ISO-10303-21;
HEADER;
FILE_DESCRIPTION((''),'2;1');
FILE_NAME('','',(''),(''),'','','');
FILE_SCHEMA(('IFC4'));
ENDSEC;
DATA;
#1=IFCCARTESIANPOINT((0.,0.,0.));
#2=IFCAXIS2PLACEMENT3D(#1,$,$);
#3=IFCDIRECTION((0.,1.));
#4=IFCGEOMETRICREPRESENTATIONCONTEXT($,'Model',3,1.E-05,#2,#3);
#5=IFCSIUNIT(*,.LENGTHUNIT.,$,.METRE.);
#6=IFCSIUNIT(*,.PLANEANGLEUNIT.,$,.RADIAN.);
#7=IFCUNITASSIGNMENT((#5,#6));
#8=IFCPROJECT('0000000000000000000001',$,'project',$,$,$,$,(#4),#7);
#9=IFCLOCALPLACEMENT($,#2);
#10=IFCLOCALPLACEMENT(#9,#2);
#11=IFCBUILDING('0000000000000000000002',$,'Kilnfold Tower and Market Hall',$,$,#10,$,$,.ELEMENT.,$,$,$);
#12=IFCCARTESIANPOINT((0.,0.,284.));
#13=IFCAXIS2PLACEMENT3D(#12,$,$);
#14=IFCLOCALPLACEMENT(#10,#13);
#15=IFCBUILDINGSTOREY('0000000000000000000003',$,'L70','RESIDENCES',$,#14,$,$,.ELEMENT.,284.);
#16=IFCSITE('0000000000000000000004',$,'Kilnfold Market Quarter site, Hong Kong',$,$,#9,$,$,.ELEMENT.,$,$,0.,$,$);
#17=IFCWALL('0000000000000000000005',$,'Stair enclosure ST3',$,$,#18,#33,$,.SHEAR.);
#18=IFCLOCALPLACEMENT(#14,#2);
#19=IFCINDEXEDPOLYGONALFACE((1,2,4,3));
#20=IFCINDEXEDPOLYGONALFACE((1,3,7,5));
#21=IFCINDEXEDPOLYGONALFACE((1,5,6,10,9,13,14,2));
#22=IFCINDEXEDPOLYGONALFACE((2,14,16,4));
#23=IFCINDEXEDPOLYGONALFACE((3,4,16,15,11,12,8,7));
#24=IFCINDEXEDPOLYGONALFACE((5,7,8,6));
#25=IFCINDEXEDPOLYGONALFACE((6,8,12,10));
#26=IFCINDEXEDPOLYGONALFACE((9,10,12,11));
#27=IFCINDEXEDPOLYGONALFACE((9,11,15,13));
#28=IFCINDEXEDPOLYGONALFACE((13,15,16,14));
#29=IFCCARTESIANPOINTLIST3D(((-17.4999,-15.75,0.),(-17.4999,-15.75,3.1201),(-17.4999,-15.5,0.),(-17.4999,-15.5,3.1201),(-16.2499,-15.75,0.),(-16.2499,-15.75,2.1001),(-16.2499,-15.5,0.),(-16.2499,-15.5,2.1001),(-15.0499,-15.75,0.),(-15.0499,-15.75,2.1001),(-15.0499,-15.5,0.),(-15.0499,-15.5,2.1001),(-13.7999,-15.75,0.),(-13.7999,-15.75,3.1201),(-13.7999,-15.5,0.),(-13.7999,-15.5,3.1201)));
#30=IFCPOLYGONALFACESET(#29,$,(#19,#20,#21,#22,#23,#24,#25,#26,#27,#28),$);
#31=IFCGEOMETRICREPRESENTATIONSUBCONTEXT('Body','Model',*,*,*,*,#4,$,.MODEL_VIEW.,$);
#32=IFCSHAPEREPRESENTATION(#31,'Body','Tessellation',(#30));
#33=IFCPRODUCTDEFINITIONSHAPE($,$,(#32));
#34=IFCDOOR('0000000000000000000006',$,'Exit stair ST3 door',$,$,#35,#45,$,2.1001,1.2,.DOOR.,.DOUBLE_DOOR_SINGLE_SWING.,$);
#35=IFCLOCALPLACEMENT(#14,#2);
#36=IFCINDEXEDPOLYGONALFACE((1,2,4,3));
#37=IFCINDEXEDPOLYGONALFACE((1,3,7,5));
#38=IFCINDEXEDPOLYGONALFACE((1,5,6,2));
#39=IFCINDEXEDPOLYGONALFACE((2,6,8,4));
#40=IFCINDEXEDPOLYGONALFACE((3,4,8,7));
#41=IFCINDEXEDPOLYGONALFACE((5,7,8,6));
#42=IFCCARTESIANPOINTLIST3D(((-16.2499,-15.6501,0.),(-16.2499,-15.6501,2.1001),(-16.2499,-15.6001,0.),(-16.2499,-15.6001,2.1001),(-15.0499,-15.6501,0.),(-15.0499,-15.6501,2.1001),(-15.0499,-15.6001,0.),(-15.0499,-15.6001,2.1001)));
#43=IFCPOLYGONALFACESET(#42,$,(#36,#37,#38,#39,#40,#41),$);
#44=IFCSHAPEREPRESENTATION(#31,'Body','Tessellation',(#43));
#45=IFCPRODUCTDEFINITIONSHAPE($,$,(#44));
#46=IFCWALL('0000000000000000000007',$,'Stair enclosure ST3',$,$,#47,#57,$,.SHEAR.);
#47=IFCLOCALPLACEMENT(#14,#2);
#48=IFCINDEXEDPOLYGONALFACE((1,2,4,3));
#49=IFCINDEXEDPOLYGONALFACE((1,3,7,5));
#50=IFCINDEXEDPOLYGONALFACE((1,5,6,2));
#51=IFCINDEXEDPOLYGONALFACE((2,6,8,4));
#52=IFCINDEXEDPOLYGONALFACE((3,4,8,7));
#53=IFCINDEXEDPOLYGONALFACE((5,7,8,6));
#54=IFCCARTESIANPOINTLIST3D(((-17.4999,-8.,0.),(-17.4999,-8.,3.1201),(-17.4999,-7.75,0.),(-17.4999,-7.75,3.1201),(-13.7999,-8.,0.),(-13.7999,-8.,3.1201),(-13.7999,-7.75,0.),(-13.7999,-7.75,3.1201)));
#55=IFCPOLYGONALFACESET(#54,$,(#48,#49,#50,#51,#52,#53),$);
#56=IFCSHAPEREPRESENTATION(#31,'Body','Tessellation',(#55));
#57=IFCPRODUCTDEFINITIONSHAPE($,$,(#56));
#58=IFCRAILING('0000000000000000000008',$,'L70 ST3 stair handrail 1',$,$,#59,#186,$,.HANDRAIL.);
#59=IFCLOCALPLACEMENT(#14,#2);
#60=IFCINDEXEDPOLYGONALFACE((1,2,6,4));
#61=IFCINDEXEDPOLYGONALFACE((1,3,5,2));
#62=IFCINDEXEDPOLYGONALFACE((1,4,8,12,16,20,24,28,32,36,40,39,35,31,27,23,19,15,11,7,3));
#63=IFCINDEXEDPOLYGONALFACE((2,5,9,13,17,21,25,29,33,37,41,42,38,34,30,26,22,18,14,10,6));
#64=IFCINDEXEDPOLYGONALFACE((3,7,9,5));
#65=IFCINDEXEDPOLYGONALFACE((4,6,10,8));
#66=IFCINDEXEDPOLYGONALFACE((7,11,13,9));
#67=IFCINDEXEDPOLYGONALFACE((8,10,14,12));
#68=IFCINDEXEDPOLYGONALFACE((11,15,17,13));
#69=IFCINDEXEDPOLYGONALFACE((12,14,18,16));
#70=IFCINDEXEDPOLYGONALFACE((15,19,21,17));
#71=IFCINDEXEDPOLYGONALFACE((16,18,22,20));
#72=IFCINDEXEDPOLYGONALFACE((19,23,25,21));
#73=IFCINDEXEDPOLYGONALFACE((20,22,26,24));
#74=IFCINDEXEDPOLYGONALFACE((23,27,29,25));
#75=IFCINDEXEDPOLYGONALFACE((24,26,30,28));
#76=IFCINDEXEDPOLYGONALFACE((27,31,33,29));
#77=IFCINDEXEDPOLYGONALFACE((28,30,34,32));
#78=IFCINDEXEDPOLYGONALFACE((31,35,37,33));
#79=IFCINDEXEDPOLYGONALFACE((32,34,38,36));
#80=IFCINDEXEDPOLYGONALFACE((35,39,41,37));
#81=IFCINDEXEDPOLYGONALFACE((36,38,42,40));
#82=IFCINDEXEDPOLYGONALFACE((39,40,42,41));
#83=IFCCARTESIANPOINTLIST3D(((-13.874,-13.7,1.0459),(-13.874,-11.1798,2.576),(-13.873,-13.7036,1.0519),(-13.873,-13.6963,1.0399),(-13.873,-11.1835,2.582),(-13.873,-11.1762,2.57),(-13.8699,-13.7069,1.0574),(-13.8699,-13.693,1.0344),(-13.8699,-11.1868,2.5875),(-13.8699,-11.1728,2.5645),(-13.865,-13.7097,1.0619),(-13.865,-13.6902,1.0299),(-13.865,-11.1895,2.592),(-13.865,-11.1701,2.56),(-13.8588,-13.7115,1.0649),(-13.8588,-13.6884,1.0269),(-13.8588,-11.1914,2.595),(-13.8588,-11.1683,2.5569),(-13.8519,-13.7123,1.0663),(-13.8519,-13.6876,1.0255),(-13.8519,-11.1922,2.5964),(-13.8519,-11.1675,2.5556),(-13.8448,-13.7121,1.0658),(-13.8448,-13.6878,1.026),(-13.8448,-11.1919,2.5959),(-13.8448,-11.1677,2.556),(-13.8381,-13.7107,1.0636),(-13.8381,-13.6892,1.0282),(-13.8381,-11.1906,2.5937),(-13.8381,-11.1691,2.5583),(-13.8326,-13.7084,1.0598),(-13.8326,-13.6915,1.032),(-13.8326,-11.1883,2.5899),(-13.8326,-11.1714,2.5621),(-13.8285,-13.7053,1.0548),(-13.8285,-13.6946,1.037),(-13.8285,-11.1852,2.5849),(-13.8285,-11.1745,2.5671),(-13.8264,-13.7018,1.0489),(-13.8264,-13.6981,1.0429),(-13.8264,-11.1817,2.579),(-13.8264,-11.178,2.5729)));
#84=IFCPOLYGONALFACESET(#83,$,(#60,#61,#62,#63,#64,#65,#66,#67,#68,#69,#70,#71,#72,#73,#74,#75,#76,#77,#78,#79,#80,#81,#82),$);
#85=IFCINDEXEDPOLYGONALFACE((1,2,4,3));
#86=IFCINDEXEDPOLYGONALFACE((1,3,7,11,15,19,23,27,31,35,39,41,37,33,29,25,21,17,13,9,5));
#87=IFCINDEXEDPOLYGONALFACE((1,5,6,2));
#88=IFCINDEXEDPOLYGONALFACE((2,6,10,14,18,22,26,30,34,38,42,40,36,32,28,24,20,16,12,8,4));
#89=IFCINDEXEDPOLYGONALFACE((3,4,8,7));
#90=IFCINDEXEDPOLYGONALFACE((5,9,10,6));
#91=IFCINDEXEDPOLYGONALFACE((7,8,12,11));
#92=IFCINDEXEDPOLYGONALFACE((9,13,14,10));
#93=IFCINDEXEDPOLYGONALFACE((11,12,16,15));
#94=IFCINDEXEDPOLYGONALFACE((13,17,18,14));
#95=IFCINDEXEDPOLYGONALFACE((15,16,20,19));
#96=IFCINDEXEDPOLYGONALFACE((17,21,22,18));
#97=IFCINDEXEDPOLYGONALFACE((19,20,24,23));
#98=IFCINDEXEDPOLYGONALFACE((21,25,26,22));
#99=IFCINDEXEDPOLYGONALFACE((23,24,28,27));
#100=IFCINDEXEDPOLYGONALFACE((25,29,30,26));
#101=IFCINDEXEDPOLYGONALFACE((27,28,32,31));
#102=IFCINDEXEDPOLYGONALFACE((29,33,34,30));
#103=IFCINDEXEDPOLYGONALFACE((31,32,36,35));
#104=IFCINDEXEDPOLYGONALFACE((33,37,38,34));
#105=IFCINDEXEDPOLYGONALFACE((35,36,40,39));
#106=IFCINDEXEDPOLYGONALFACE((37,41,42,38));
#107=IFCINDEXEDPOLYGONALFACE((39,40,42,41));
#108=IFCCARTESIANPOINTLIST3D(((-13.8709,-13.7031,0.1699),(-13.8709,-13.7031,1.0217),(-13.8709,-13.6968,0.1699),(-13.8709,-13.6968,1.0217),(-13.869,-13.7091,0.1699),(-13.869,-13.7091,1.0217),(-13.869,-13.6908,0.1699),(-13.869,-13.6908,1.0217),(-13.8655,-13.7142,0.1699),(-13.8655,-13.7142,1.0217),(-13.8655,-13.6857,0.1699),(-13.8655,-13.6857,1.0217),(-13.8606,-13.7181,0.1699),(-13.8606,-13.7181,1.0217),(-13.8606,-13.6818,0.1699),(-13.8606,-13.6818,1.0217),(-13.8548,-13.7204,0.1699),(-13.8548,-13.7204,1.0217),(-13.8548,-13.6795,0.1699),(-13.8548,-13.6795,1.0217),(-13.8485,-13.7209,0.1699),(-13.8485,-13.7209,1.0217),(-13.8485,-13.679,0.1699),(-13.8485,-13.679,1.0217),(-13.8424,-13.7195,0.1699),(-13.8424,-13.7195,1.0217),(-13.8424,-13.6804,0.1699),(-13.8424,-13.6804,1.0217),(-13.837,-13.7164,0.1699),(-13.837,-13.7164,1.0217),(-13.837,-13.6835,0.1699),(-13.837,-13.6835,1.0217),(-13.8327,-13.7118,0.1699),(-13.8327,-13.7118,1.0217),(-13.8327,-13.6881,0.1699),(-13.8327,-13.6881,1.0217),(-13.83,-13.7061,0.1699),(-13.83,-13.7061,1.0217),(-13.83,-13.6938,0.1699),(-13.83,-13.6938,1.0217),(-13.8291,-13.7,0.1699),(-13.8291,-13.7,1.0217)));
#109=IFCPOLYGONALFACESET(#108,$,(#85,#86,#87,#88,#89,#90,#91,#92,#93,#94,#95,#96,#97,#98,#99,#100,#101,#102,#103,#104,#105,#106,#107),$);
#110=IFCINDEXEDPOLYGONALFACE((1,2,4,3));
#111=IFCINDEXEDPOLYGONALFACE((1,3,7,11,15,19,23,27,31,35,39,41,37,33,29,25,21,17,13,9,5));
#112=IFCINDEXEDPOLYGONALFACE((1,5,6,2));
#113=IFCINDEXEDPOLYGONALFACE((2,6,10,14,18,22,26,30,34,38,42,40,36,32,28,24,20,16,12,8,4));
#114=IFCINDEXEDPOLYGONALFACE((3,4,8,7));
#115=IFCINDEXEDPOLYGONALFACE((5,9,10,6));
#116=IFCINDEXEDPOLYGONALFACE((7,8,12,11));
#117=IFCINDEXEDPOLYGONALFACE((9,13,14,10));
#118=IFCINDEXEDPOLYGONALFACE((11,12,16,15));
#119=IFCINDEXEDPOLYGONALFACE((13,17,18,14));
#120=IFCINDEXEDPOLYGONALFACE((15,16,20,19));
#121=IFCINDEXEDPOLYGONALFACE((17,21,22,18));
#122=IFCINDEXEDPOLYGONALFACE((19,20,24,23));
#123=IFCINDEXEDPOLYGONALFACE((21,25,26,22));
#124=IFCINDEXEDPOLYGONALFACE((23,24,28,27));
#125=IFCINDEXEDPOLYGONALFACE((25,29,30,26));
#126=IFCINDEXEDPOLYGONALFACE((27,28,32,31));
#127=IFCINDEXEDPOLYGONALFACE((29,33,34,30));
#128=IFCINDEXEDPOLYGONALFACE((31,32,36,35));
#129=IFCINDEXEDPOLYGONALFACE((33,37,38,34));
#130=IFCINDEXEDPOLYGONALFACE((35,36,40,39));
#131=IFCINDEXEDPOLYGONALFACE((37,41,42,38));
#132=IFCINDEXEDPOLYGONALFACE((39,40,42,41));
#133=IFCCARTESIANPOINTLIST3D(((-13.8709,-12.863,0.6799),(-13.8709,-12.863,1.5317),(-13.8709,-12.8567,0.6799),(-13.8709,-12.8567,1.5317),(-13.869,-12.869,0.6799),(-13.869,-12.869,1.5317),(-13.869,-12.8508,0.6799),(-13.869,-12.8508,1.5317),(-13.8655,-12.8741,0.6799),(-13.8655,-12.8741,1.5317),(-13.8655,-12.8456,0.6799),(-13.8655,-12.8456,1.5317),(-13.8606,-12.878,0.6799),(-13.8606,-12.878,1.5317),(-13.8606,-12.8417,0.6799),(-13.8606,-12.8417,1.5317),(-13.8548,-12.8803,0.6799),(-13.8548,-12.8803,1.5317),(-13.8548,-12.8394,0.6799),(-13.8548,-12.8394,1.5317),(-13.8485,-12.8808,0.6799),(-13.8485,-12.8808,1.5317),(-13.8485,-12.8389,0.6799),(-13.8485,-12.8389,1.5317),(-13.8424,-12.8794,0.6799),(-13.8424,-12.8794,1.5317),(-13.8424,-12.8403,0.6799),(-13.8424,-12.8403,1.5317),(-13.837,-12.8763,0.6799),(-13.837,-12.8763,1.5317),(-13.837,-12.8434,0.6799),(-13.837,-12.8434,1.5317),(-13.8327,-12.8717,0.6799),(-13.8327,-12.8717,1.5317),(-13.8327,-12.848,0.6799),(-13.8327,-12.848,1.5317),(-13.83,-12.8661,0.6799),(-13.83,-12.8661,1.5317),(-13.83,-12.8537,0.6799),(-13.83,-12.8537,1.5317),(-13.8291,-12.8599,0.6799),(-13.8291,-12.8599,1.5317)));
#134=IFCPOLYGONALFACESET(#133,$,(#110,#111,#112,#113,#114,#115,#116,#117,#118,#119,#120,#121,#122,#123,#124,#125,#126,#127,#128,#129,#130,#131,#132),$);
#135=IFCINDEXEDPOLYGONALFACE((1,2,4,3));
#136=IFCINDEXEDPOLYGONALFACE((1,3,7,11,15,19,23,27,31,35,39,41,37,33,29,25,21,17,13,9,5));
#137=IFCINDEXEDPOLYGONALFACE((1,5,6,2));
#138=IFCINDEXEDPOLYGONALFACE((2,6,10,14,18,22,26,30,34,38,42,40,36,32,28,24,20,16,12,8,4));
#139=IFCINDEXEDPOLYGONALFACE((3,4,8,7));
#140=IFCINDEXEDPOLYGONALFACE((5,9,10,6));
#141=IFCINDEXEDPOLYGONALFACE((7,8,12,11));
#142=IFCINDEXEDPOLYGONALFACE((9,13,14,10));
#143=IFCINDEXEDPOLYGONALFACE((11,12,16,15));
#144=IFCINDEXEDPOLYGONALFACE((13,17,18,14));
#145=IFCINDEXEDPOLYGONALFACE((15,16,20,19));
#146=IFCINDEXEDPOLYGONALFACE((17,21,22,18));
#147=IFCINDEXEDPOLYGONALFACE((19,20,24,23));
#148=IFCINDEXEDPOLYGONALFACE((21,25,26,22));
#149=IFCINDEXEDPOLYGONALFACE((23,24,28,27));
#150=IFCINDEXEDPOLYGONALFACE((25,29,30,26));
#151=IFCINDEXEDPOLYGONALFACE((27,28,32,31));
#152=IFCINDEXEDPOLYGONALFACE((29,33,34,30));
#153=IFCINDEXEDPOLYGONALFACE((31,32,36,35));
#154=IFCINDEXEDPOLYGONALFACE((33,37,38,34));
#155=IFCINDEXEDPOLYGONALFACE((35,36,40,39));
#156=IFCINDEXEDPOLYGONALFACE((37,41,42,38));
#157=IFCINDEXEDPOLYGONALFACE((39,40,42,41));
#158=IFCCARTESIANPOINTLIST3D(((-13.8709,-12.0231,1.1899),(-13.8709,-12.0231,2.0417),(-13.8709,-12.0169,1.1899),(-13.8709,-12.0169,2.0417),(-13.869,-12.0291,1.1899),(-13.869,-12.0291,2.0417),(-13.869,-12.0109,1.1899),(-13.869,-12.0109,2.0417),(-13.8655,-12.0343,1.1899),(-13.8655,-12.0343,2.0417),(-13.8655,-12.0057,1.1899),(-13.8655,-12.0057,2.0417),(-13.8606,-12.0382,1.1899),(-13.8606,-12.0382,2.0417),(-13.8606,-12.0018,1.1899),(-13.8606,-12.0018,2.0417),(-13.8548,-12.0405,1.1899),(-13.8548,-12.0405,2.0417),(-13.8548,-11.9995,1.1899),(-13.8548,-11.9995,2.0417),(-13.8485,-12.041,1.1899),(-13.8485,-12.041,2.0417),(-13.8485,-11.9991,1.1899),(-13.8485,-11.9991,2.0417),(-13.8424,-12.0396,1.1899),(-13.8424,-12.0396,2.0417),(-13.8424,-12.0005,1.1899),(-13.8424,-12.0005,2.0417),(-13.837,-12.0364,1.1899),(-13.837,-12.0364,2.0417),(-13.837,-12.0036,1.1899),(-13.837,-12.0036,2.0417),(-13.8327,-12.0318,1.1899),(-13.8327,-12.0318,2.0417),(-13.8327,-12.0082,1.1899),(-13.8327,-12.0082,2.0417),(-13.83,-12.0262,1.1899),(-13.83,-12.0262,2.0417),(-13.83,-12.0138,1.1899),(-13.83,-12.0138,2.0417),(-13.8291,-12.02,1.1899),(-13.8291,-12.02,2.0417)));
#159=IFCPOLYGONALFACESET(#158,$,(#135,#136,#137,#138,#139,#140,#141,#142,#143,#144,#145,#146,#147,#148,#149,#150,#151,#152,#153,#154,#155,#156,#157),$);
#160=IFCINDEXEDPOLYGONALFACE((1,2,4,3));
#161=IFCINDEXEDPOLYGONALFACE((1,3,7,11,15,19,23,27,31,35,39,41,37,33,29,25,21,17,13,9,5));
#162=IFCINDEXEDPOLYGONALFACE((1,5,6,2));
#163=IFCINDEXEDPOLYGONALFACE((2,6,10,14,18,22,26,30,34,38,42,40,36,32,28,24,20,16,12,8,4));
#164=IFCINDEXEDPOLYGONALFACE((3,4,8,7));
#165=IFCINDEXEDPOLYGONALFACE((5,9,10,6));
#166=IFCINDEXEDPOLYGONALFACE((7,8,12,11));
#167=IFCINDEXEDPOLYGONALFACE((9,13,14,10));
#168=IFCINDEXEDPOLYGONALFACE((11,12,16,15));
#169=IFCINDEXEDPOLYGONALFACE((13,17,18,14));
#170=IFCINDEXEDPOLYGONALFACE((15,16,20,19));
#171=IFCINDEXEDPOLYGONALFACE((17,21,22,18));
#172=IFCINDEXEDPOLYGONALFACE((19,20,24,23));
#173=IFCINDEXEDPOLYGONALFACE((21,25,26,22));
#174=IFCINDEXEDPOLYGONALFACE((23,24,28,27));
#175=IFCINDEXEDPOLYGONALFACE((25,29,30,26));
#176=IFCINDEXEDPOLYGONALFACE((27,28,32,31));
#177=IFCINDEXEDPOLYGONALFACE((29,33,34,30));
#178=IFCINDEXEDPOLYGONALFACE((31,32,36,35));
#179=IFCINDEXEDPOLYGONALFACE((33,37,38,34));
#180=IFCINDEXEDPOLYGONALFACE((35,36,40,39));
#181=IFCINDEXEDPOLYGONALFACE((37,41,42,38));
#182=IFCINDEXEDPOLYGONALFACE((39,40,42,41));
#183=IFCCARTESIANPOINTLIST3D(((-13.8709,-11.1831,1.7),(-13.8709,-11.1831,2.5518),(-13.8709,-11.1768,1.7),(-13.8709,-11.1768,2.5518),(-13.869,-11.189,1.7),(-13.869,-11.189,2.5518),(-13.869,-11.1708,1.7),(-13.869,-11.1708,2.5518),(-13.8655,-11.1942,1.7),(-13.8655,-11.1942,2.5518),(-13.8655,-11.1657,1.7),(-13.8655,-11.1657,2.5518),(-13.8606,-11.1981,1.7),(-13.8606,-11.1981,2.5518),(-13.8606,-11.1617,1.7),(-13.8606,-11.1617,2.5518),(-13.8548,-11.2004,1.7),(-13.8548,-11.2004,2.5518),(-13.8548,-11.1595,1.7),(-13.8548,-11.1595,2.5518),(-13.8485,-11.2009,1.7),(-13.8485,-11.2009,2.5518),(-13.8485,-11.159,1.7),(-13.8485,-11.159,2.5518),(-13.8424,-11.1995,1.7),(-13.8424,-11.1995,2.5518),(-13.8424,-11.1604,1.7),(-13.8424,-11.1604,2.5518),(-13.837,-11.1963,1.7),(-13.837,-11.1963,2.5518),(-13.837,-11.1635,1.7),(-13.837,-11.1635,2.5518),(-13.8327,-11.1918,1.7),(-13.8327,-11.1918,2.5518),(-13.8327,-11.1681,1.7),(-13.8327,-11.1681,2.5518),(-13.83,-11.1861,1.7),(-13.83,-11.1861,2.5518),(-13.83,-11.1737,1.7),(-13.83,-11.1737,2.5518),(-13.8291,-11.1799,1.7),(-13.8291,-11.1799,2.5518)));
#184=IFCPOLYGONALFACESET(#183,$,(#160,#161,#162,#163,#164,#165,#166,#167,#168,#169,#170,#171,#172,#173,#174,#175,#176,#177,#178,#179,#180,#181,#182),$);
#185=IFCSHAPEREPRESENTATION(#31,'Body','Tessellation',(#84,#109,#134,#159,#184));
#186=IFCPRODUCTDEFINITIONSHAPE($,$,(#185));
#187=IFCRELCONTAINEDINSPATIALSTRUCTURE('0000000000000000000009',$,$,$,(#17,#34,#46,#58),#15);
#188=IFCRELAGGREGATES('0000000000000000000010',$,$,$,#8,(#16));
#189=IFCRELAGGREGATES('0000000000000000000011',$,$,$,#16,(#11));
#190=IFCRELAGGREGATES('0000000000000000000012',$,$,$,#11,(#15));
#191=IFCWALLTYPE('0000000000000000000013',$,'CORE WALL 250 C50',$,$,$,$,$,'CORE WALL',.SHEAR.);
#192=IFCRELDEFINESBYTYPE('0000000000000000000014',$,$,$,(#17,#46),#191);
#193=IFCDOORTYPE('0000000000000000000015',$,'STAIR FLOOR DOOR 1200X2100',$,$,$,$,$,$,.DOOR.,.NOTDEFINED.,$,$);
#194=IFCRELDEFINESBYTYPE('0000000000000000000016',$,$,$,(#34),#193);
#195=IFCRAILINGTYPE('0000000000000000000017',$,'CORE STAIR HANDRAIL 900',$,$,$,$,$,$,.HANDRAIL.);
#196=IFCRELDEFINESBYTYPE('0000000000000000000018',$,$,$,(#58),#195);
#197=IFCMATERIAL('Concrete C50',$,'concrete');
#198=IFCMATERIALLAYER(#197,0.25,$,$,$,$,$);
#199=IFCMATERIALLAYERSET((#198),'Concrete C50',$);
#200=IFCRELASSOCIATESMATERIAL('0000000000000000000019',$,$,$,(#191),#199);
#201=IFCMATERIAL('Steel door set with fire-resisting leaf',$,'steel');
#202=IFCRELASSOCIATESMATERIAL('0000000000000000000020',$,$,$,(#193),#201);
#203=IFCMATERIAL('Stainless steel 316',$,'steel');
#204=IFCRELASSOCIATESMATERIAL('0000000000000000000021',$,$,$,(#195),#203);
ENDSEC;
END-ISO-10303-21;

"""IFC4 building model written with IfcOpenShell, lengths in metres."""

from ifc_helpers import new_model, si_unit, direction, frame, frame_2d, origin, origin_2d, place, context, subcontext, project, spatial, rectangle, circle, extrude, source, transform, mapped, material, layer, layer_set, type_object, element, fill, save


model = new_model("IFC4")

# Units and contexts
model_context = context("Model", 3, precision=1e-05, world=origin(), true_north=direction((0.0, 1.0)))
body_context = subcontext(model_context, "Body", "Model", "MODEL_VIEW")
ifc_project = project(units=[si_unit("LENGTHUNIT", "METRE"), si_unit("PLANEANGLEUNIT", "RADIAN")], contexts=[model_context])

# Site, building, storey
site_placement = place(None, origin())
site = spatial("IfcSite", under=ifc_project, at=site_placement, Name="Kilnfold Market Quarter site, Hong Kong", CompositionType="ELEMENT", RefElevation=0.0)
building_placement = place(site_placement, origin())
building = spatial("IfcBuilding", under=site, at=building_placement, Name="Kilnfold Tower and Market Hall", CompositionType="ELEMENT")
storey_placement = place(building_placement, frame((0.0, 0.0, 284.0)))
storey = spatial("IfcBuildingStorey", under=building, at=storey_placement, Name="L70", Description="RESIDENCES", CompositionType="ELEMENT", Elevation=284.0)

# Wall, opening, door
ifc_material_1 = material(Name="Concrete C50", Category="concrete")
ifc_layer_1 = layer(ifc_material_1, 0.25)
ifc_layer_set_1 = layer_set([ifc_layer_1], Name="Concrete C50")
wall_type_1 = type_object("IfcWallType", Name="CORE WALL 250 C50", ElementType="CORE WALL", PredefinedType="SHEAR", material=ifc_layer_set_1)
shared_shape_1 = source(origin(), body_context, "Body", "SweptSolid", [
    extrude(rectangle(XDim=3.7, YDim=0.25, at=frame_2d((1.8501, 0.0))), origin(), (0.0, 0.0, 1.0), 3.1201),
])
wall_1_placement = place(storey_placement, frame((-17.5, -15.625, 0.0), z_axis=(0.0, 0.0, 1.0), x_axis=(1.0, 0.0, 0.0)))
wall_1 = element("IfcWall", 1, at=wall_1_placement, inside=storey, type_object=wall_type_1, Name="Stair enclosure ST3", PredefinedType="SHEAR", context=body_context, shape_type="MappedRepresentation", body=[
    mapped(shared_shape_1, transform((0.0, 0.0, 0.0))),
])
opening_1_placement = place(wall_1_placement, frame((1.25, 0.0, 0.0)))
opening_1 = element("IfcOpeningElement", 2, at=opening_1_placement, cuts=wall_1, PredefinedType="OPENING", context=body_context, shape_type="SweptSolid", body=[
    extrude(rectangle(XDim=1.2, YDim=2.1001, at=frame_2d((0.6001, 1.05))), frame((0.0, 0.135, 0.0), z_axis=(0.0, -1.0, 0.0), x_axis=(1.0, 0.0, 0.0)), (0.0, 0.0, 1.0), 0.27),
])
ifc_material_2 = material(Name="Steel door set with fire-resisting leaf", Category="steel")
door_type_1 = type_object("IfcDoorType", Name="STAIR FLOOR DOOR 1200X2100", OperationType="NOTDEFINED", PredefinedType="DOOR", material=ifc_material_2)
door_1_placement = place(opening_1_placement, origin())
door_1 = element("IfcDoor", 3, at=door_1_placement, inside=storey, type_object=door_type_1, Name="Exit stair ST3 door", OperationType="DOUBLE_DOOR_SINGLE_SWING", OverallHeight=2.1001, OverallWidth=1.2, PredefinedType="DOOR", context=body_context, shape_type="SweptSolid", body=[
    extrude(rectangle(XDim=1.2, YDim=2.1001, at=frame_2d((0.6001, 1.05))), frame((0.0, 0.0249, 0.0), z_axis=(0.0, -1.0, 0.0), x_axis=(1.0, 0.0, 0.0)), (0.0, 0.0, 1.0), 0.05),
])
fill(opening_1, door_1)

# Wall
wall_2_placement = place(storey_placement, frame((-17.5, -7.875, 0.0), z_axis=(0.0, 0.0, 1.0), x_axis=(1.0, 0.0, 0.0)))
element("IfcWall", 4, at=wall_2_placement, inside=storey, type_object=wall_type_1, Name="Stair enclosure ST3", PredefinedType="SHEAR", context=body_context, shape_type="MappedRepresentation", body=[
    mapped(shared_shape_1, transform((0.0, 0.0, 0.0))),
])

# Railing
ifc_material_3 = material(Name="Stainless steel 316", Category="steel")
railing_type_1 = type_object("IfcRailingType", Name="CORE STAIR HANDRAIL 900", PredefinedType="HANDRAIL", material=ifc_material_3)
railing_1_placement = place(storey_placement, frame((-13.8501, -13.7, 0.1699)))
element("IfcRailing", 5, at=railing_1_placement, inside=storey, type_object=railing_type_1, Name="L70 ST3 stair handrail 1", PredefinedType="HANDRAIL", context=body_context, shape_type="SweptSolid", body=[
    extrude(circle(Radius=0.0239, at=origin_2d()), frame((0.0, 0.0, 0.876), z_axis=(0.0, 0.854785, 0.518982), x_axis=(-1.0, 0.0, 0.0)), (0.0, 0.0, 1.0), 2.9482),
    extrude(circle(Radius=0.021, at=origin_2d()), origin(), (0.0, 0.0, 1.0), 0.8518),
    extrude(circle(Radius=0.021, at=origin_2d()), frame((0.0, 0.8401, 0.51)), (0.0, 0.0, 1.0), 0.8518),
    extrude(circle(Radius=0.021, at=origin_2d()), frame((0.0, 1.6799, 1.02)), (0.0, 0.0, 1.0), 0.8518),
    extrude(circle(Radius=0.021, at=origin_2d()), frame((0.0, 2.52, 1.53)), (0.0, 0.0, 1.0), 0.8518),
])

save(model, "model.ifc")
